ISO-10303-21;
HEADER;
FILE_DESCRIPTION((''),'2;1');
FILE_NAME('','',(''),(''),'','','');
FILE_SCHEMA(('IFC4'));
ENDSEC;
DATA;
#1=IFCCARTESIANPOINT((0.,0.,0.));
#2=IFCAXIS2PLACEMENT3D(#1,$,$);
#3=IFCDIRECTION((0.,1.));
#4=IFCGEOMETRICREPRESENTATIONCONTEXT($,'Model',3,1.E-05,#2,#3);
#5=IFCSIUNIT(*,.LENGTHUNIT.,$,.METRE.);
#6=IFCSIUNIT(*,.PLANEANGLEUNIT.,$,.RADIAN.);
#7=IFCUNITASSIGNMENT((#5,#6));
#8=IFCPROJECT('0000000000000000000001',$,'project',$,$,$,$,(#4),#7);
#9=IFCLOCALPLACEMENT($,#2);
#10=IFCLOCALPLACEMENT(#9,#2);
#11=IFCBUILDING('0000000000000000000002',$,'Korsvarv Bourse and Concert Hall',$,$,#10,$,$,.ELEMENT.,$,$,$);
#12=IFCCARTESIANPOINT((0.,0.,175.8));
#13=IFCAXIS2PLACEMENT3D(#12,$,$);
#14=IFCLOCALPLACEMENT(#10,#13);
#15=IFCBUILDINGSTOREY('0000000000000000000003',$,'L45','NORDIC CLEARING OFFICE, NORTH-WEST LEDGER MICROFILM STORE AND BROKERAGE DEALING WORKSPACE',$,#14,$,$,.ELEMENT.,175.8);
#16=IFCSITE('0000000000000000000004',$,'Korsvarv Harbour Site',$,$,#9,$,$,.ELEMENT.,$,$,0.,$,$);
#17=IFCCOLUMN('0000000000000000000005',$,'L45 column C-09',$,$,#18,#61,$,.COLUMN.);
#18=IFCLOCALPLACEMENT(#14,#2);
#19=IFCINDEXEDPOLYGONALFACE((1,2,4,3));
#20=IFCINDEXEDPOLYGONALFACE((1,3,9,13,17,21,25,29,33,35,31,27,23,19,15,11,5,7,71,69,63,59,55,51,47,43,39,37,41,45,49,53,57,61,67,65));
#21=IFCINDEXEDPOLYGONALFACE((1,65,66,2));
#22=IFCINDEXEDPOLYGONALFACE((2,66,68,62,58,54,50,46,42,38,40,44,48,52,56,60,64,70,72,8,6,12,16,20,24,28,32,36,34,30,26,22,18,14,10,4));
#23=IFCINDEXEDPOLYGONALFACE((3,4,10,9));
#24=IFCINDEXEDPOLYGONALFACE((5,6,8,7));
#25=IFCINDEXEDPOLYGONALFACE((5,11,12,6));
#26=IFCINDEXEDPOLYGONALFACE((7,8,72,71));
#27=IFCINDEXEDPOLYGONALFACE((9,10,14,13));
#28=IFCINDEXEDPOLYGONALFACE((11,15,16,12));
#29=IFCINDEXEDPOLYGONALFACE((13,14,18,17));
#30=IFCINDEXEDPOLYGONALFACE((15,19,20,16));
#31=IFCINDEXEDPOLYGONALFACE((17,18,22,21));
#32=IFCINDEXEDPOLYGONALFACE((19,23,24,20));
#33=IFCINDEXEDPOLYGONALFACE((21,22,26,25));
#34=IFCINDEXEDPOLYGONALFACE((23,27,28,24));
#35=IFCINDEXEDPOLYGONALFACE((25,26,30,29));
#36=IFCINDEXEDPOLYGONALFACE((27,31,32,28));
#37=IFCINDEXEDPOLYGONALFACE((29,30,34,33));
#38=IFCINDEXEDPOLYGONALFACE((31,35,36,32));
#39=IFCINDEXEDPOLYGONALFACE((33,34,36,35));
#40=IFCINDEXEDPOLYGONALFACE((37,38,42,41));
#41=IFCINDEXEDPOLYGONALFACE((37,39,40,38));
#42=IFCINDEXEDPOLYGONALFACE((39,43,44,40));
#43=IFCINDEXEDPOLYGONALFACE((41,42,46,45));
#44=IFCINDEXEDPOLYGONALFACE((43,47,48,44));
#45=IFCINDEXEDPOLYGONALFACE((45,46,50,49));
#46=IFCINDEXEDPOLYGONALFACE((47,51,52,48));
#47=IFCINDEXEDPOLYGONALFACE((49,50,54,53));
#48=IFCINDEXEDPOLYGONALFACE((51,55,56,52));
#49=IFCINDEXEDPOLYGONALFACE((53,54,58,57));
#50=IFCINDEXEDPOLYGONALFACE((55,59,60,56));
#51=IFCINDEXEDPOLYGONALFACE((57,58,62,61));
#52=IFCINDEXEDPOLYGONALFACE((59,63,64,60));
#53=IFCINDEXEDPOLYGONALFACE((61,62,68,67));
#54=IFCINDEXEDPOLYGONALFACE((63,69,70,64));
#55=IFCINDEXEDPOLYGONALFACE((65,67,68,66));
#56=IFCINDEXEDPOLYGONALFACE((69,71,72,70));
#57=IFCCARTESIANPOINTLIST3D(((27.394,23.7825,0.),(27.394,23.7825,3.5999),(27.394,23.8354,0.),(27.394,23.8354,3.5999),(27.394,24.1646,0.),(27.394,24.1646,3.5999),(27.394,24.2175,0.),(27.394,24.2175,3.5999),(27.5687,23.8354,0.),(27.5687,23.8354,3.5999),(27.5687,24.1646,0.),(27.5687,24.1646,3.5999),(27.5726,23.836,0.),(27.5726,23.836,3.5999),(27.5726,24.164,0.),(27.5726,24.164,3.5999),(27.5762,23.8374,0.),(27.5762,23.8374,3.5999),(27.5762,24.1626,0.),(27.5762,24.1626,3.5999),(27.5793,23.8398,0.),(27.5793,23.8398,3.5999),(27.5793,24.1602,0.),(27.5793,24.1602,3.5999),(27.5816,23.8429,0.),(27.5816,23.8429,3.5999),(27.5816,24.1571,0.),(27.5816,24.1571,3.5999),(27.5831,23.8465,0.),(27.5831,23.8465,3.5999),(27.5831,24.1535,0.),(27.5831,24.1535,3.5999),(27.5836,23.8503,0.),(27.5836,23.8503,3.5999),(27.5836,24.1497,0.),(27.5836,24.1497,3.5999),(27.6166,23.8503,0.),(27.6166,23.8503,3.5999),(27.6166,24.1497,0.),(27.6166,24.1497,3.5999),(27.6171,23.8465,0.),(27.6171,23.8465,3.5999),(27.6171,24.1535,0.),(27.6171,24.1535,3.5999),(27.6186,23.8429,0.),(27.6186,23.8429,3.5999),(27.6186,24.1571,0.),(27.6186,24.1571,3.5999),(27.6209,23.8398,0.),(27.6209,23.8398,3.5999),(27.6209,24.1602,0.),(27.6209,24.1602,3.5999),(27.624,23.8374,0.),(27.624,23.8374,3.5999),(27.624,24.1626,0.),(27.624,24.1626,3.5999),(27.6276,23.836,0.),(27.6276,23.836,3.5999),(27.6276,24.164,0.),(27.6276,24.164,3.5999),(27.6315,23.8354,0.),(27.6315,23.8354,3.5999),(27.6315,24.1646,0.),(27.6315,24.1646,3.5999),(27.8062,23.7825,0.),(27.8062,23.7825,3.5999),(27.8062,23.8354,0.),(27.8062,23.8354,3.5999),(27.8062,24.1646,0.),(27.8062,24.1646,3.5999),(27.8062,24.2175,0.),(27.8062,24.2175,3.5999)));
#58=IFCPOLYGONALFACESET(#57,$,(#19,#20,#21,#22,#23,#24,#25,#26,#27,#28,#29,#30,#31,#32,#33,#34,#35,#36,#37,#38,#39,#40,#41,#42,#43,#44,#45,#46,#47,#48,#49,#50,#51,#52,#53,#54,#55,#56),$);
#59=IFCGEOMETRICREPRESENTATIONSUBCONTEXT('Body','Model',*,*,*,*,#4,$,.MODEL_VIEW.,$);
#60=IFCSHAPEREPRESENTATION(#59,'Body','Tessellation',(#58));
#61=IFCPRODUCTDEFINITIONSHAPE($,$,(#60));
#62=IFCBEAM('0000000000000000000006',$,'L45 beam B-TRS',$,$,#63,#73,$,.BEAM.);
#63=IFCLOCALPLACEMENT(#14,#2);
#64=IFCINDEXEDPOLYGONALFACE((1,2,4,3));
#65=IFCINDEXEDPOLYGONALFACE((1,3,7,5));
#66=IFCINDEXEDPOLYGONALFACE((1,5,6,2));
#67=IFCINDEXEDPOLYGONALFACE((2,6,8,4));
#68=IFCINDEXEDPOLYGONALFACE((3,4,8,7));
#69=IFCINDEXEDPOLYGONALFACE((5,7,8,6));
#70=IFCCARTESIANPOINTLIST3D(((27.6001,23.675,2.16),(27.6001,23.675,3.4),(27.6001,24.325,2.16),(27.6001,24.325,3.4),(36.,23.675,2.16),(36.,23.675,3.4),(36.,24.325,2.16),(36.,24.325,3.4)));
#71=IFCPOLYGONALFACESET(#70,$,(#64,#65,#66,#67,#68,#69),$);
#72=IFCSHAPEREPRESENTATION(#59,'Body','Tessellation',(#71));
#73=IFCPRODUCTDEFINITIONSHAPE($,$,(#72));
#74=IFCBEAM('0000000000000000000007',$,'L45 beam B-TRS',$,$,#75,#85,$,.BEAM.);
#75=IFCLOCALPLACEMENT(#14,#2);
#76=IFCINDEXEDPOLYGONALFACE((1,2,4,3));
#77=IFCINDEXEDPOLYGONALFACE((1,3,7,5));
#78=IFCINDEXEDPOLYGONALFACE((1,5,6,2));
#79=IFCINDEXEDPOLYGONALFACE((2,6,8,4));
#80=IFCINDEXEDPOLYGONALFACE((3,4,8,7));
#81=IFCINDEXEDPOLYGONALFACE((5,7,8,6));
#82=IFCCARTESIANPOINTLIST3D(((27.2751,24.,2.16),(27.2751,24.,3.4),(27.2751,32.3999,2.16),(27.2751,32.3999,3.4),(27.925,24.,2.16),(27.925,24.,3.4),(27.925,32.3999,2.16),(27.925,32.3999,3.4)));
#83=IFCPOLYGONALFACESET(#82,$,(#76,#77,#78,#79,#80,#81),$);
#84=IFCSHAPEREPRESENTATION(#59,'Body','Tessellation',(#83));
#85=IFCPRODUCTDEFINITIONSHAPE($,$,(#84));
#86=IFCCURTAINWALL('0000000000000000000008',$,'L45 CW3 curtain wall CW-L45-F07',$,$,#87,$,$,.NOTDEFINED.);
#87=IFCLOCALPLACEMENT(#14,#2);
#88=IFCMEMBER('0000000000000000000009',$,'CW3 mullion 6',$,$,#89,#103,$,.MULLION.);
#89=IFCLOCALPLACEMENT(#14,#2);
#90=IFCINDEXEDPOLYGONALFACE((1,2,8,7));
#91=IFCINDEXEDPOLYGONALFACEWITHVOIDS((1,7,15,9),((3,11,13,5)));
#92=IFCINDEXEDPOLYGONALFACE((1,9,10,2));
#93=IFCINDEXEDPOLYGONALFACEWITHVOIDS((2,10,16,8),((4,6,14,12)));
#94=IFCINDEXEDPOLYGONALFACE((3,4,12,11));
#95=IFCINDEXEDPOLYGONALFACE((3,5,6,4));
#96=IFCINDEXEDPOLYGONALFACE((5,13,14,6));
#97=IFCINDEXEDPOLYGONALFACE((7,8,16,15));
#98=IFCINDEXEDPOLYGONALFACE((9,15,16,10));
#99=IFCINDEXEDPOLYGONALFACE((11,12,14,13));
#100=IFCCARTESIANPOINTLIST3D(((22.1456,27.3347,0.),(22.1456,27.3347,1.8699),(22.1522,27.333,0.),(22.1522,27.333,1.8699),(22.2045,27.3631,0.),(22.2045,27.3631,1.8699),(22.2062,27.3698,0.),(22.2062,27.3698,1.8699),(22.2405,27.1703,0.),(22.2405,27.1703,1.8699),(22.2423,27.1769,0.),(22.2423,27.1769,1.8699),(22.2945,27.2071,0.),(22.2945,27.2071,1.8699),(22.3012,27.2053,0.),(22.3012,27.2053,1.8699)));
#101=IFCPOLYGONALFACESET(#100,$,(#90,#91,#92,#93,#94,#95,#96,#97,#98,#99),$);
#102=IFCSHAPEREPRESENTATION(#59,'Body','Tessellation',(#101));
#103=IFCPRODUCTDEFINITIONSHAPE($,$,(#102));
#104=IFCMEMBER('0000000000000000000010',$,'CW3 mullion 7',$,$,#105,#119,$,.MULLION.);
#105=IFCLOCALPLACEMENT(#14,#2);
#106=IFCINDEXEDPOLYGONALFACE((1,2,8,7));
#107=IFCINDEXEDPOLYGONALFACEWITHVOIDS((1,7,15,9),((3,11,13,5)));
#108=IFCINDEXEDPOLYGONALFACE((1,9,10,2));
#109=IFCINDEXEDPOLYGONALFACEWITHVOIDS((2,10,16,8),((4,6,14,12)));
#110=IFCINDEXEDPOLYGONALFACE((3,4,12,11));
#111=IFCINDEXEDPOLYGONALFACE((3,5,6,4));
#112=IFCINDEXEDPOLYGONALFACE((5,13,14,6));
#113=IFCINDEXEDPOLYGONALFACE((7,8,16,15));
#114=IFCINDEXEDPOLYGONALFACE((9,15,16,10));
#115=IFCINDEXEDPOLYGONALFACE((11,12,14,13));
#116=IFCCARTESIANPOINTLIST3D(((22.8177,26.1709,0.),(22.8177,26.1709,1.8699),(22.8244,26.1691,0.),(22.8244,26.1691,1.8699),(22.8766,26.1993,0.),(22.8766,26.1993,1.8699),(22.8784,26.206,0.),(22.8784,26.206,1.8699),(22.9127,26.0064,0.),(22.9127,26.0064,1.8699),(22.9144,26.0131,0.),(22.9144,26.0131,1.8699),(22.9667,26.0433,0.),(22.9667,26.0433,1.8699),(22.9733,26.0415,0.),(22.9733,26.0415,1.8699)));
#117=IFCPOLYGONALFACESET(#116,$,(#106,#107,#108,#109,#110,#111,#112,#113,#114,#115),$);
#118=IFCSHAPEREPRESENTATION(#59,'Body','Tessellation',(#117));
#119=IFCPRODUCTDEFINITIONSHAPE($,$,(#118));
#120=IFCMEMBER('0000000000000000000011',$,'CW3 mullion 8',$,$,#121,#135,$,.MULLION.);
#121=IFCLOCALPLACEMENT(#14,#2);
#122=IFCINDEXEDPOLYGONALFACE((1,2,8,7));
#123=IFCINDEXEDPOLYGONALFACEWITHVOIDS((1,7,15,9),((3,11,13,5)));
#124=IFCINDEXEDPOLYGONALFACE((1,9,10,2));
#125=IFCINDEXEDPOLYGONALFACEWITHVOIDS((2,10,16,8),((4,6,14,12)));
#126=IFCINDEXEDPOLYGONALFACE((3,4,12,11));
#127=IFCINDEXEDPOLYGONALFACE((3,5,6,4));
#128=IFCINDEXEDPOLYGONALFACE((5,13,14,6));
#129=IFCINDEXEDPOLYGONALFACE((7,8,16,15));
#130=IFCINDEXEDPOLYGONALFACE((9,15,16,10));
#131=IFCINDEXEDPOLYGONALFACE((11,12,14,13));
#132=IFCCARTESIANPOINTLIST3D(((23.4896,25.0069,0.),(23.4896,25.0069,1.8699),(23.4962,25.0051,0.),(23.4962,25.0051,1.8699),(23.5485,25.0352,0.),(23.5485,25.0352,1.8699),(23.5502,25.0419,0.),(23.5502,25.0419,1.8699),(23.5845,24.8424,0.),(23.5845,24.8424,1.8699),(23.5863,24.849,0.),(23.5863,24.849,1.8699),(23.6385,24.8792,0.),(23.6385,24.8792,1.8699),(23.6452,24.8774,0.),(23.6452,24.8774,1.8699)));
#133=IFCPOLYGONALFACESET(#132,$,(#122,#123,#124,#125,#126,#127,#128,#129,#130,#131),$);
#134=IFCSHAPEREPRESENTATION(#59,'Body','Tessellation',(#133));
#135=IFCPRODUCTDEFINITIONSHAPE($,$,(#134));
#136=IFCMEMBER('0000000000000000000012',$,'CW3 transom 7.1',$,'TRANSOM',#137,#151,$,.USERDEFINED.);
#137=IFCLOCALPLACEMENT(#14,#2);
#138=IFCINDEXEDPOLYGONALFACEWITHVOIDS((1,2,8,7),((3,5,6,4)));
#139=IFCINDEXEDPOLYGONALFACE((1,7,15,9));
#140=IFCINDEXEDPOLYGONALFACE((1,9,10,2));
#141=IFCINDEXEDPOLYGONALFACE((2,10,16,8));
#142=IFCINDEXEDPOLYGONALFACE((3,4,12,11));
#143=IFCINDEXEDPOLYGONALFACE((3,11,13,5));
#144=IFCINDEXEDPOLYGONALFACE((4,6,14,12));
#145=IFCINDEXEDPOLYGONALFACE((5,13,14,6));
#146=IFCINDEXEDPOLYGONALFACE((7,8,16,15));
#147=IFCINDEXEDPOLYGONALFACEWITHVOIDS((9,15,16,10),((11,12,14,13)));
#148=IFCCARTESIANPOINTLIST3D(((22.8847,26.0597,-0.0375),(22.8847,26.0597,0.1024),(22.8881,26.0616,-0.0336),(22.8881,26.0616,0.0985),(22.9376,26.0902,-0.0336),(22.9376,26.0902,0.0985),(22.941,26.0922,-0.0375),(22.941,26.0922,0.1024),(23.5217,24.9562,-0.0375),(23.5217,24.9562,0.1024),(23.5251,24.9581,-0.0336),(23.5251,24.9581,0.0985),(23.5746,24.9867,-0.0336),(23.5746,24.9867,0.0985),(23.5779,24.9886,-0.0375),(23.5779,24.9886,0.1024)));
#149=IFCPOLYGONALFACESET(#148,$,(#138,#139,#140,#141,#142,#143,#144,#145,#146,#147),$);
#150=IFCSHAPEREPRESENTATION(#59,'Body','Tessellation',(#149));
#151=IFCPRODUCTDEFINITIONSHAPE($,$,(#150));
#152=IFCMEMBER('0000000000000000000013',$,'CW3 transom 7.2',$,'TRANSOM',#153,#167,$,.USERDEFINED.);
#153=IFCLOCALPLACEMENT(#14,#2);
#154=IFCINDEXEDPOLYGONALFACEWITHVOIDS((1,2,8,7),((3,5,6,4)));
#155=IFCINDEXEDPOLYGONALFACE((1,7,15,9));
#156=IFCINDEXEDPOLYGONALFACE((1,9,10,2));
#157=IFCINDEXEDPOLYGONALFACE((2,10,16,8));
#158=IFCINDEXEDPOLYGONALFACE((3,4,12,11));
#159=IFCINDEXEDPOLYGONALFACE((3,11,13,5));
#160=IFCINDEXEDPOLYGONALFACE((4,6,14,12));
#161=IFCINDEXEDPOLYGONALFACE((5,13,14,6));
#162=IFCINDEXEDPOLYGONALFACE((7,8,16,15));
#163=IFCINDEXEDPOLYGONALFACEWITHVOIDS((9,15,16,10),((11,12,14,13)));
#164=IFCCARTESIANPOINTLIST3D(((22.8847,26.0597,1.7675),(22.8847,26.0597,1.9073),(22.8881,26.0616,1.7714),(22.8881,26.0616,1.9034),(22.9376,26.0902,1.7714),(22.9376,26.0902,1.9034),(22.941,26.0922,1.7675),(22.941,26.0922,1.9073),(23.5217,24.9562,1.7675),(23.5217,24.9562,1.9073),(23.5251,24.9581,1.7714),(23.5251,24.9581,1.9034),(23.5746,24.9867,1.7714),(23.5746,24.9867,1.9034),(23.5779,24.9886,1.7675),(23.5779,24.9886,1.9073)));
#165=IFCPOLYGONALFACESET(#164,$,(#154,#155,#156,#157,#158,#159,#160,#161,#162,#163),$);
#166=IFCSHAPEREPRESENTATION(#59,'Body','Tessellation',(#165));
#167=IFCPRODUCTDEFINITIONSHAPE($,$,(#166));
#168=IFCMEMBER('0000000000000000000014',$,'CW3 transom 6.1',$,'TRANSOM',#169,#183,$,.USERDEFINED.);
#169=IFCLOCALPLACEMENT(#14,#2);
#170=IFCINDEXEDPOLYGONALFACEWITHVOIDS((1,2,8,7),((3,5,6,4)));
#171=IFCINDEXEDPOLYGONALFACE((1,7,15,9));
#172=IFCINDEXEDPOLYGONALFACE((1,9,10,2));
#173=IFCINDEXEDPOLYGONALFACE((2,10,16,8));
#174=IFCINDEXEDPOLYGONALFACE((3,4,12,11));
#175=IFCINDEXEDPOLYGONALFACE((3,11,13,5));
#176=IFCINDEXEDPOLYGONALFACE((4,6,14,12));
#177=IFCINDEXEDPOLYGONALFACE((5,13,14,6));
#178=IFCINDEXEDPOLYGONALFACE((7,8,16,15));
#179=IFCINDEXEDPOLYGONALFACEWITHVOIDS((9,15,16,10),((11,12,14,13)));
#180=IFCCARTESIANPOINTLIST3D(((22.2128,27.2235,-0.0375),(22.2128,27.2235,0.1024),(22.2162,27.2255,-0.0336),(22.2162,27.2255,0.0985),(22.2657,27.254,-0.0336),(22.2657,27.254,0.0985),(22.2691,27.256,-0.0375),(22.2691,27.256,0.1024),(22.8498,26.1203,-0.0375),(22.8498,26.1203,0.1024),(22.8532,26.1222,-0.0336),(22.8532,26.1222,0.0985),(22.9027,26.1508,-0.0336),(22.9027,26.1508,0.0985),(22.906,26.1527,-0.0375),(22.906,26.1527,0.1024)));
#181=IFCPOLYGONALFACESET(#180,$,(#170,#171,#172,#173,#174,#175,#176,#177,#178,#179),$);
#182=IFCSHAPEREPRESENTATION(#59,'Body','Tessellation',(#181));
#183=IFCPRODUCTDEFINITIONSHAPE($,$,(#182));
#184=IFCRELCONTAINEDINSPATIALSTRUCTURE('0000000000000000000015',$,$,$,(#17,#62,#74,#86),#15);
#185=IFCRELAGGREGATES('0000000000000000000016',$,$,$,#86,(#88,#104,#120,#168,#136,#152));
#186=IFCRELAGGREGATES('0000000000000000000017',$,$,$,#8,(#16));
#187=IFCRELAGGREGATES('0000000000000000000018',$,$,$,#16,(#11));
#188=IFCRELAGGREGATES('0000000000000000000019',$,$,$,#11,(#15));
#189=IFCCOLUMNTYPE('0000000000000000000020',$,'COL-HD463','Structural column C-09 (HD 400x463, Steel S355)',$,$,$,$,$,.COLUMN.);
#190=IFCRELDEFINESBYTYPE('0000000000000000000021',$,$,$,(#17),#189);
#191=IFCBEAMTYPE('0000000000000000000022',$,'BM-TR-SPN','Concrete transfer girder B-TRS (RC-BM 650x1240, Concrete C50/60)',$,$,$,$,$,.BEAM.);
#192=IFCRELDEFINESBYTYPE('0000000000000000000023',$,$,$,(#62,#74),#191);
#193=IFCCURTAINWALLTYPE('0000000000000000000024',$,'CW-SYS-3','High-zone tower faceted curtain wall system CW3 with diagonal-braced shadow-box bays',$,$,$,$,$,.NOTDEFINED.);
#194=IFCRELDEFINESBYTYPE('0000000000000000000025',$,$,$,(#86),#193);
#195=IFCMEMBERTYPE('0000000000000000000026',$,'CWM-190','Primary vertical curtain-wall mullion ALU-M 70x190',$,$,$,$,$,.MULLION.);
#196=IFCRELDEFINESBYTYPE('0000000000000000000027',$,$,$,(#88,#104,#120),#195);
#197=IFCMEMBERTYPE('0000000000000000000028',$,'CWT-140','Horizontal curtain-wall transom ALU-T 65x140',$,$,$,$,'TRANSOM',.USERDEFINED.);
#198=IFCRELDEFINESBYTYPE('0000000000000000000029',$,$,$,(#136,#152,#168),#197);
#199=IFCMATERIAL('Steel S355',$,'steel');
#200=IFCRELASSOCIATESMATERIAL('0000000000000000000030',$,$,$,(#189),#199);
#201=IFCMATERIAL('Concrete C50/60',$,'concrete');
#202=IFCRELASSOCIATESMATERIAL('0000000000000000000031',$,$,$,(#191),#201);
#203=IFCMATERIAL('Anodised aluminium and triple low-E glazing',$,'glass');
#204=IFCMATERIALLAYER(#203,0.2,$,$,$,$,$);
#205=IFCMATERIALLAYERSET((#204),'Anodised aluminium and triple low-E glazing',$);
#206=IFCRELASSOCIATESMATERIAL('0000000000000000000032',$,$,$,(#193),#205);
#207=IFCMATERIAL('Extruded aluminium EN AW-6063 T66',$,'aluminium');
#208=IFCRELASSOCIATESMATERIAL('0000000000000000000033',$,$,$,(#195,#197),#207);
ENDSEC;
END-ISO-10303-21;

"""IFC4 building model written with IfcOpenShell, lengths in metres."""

from ifc_helpers import new_model, si_unit, direction, frame, origin, origin_2d, place, context, subcontext, project, spatial, rectangle, hollow_rectangle, i_section, extrude, source, transform, mapped, material, layer, layer_set, material_profile, profile_set, type_object, element, aggregate, save


model = new_model("IFC4")

# Units and contexts
model_context = context("Model", 3, precision=1e-05, world=origin(), true_north=direction((0.0, 1.0)))
body_context = subcontext(model_context, "Body", "Model", "MODEL_VIEW")
ifc_project = project(units=[si_unit("LENGTHUNIT", "METRE"), si_unit("PLANEANGLEUNIT", "RADIAN")], contexts=[model_context])

# Site, building, storey
site_placement = place(None, origin())
site = spatial("IfcSite", under=ifc_project, at=site_placement, Name="Korsvarv Harbour Site", CompositionType="ELEMENT", RefElevation=0.0)
building_placement = place(site_placement, origin())
building = spatial("IfcBuilding", under=site, at=building_placement, Name="Korsvarv Bourse and Concert Hall", CompositionType="ELEMENT")
storey_placement = place(building_placement, frame((0.0, 0.0, 175.8)))
storey = spatial("IfcBuildingStorey", under=building, at=storey_placement, Name="L45", Description="NORDIC CLEARING OFFICE, NORTH-WEST LEDGER MICROFILM STORE AND BROKERAGE DEALING WORKSPACE", CompositionType="ELEMENT", Elevation=175.8)

# Column
ifc_material_1 = material(Name="Steel S355", Category="steel")
ifc_material_profile_1 = material_profile(ifc_material_1, i_section(OverallWidth=0.4121, OverallDepth=0.4351, WebThickness=0.033, FlangeThickness=0.053, FilletRadius=0.0149, at=origin_2d()), Name="HD 400x463")
ifc_profile_set_1 = profile_set([ifc_material_profile_1], Name="Steel S355")
column_type = type_object("IfcColumnType", Name="COL-HD463", Description="Structural column C-09 (HD 400x463, Steel S355)", PredefinedType="COLUMN", material=ifc_profile_set_1)
shared_shape_1 = source(origin(), body_context, "Body", "SweptSolid", [
    extrude(i_section(OverallWidth=0.4121, OverallDepth=0.4351, WebThickness=0.033, FlangeThickness=0.053, FilletRadius=0.0149, at=origin_2d()), origin(), (0.0, 0.0, 1.0), 3.5999),
])
column_placement = place(storey_placement, frame((27.6001, 24.0, 0.0), z_axis=(0.0, 0.0, 1.0), x_axis=(1.0, 0.0, 0.0)))
element("IfcColumn", 1, at=column_placement, inside=storey, type_object=column_type, Name="L45 column C-09", PredefinedType="COLUMN", context=body_context, shape_type="MappedRepresentation", body=[
    mapped(shared_shape_1, transform((0.0, 0.0, 0.0), scale=1.0)),
])

# Beams
ifc_material_2 = material(Name="Concrete C50/60", Category="concrete")
ifc_material_profile_2 = material_profile(ifc_material_2, rectangle(XDim=0.6499, YDim=1.24, at=origin_2d()), Name="RC-BM 650x1240")
ifc_profile_set_2 = profile_set([ifc_material_profile_2], Name="Concrete C50/60")
beam_type = type_object("IfcBeamType", Name="BM-TR-SPN", Description="Concrete transfer girder B-TRS (RC-BM 650x1240, Concrete C50/60)", PredefinedType="BEAM", material=ifc_profile_set_2)
shared_shape_2 = source(origin(), body_context, "Body", "SweptSolid", [
    extrude(rectangle(XDim=0.6499, YDim=1.24, at=origin_2d()), origin(), (0.0, 0.0, 1.0), 8.3999),
])
for number, where, z_axis, x_axis, name in (
    (2, (27.6001, 24.0, 2.78), (1.0, 0.0, 0.0), (0.0, 1.0, 0.0), "L45 beam B-TRS"),
    (3, (27.6001, 24.0, 2.78), (0.0, 1.0, 0.0), (-1.0, 0.0, 0.0), "L45 beam B-TRS"),
):
    element("IfcBeam", number, at=place(storey_placement, frame(where, z_axis=z_axis, x_axis=x_axis)), inside=storey, type_object=beam_type, Name=name, PredefinedType="BEAM", context=body_context, shape_type="MappedRepresentation", body=[
        mapped(shared_shape_2, transform((0.0, 0.0, 0.0), scale=1.0)),
    ])

# Curtain wall, members
ifc_material_3 = material(Name="Anodised aluminium and triple low-E glazing", Category="glass")
ifc_layer_1 = layer(ifc_material_3, 0.2)
ifc_layer_set_1 = layer_set([ifc_layer_1], Name="Anodised aluminium and triple low-E glazing")
curtain_wall_type = type_object("IfcCurtainWallType", Name="CW-SYS-3", Description="High-zone tower faceted curtain wall system CW3 with diagonal-braced shadow-box bays", PredefinedType="NOTDEFINED", material=ifc_layer_set_1)
curtain_wall_placement = place(storey_placement, origin())
curtain_wall = element("IfcCurtainWall", 4, at=curtain_wall_placement, inside=storey, type_object=curtain_wall_type, Name="L45 CW3 curtain wall CW-L45-F07", PredefinedType="NOTDEFINED")
ifc_material_4 = material(Name="Extruded aluminium EN AW-6063 T66", Category="aluminium")
ifc_material_profile_3 = material_profile(ifc_material_4, hollow_rectangle(XDim=0.0701, YDim=0.1899, WallThickness=0.0049, at=origin_2d()), Name="ALU-M 70x190")
ifc_profile_set_3 = profile_set([ifc_material_profile_3], Name="Extruded aluminium EN AW-6063 T66")
member_type_1 = type_object("IfcMemberType", Name="CWM-190", Description="Primary vertical curtain-wall mullion ALU-M 70x190", PredefinedType="MULLION", material=ifc_profile_set_3)
shared_shape_3 = source(origin(), body_context, "Body", "SweptSolid", [
    extrude(hollow_rectangle(XDim=0.0701, YDim=0.1899, WallThickness=0.0049, at=origin_2d()), origin(), (0.0, 0.0, 1.0), 1.8699),
])
member_1_placement = place(storey_placement, frame((22.2234, 27.27, 0.0), z_axis=(0.0, 0.0, 1.0), x_axis=(0.866029, 0.499994, 0.0)))
member_1 = element("IfcMember", 5, at=member_1_placement, type_object=member_type_1, Name="CW3 mullion 6", PredefinedType="MULLION", context=body_context, shape_type="MappedRepresentation", body=[
    mapped(shared_shape_3, transform((0.0, 0.0, 0.0), scale=1.0)),
])
member_2_placement = place(storey_placement, frame((22.8955, 26.1062, 0.0), z_axis=(0.0, 0.0, 1.0), x_axis=(0.866029, 0.499994, 0.0)))
member_2 = element("IfcMember", 6, at=member_2_placement, type_object=member_type_1, Name="CW3 mullion 7", PredefinedType="MULLION", context=body_context, shape_type="MappedRepresentation", body=[
    mapped(shared_shape_3, transform((0.0, 0.0, 0.0), scale=1.0)),
])
member_3_placement = place(storey_placement, frame((23.5674, 24.9421, 0.0), z_axis=(0.0, 0.0, 1.0), x_axis=(0.866029, 0.499994, 0.0)))
member_3 = element("IfcMember", 7, at=member_3_placement, type_object=member_type_1, Name="CW3 mullion 8", PredefinedType="MULLION", context=body_context, shape_type="MappedRepresentation", body=[
    mapped(shared_shape_3, transform((0.0, 0.0, 0.0), scale=1.0)),
])
ifc_material_profile_4 = material_profile(ifc_material_4, hollow_rectangle(XDim=0.0649, YDim=0.1399, WallThickness=0.0039, at=origin_2d()), Name="ALU-T 65x140")
ifc_profile_set_4 = profile_set([ifc_material_profile_4], Name="Extruded aluminium EN AW-6063 T66")
member_type_2 = type_object("IfcMemberType", Name="CWT-140", Description="Horizontal curtain-wall transom ALU-T 65x140", ElementType="TRANSOM", PredefinedType="USERDEFINED", material=ifc_profile_set_4)
shared_shape_4 = source(origin(), body_context, "Body", "SweptSolid", [
    extrude(hollow_rectangle(XDim=0.0649, YDim=0.1399, WallThickness=0.0039, at=origin_2d()), origin(), (0.0, 0.0, 1.0), 1.2742),
])
member_4_placement = place(storey_placement, frame((22.9128, 26.0759, 0.0325), z_axis=(0.49991, -0.866077, 0.0), x_axis=(0.866077, 0.49991, 0.0)))
member_4 = element("IfcMember", 8, at=member_4_placement, type_object=member_type_2, Name="CW3 transom 7.1", ObjectType="TRANSOM", PredefinedType="USERDEFINED", context=body_context, shape_type="MappedRepresentation", body=[
    mapped(shared_shape_4, transform((0.0, 0.0, 0.0), scale=1.0)),
])
member_5_placement = place(storey_placement, frame((22.9128, 26.0759, 1.8374), z_axis=(0.49991, -0.866077, 0.0), x_axis=(0.866077, 0.49991, 0.0)))
member_5 = element("IfcMember", 9, at=member_5_placement, type_object=member_type_2, Name="CW3 transom 7.2", ObjectType="TRANSOM", PredefinedType="USERDEFINED", context=body_context, shape_type="MappedRepresentation", body=[
    mapped(shared_shape_4, transform((0.0, 0.0, 0.0), scale=1.0)),
])
shared_shape_5 = source(origin(), body_context, "Body", "SweptSolid", [
    extrude(hollow_rectangle(XDim=0.0649, YDim=0.1399, WallThickness=0.0039, at=origin_2d()), origin(), (0.0, 0.0, 1.0), 1.2739),
])
member_6_placement = place(storey_placement, frame((22.241, 27.2397, 0.0325), z_axis=(0.499993, -0.866029, 0.0), x_axis=(0.866029, 0.499993, 0.0)))
member_6 = element("IfcMember", 10, at=member_6_placement, type_object=member_type_2, Name="CW3 transom 6.1", ObjectType="TRANSOM", PredefinedType="USERDEFINED", context=body_context, shape_type="MappedRepresentation", body=[
    mapped(shared_shape_5, transform((0.0, 0.0, 0.0), scale=1.0)),
])
aggregate(curtain_wall, [member_1, member_2, member_3, member_6, member_4, member_5])

save(model, "model.ifc")
